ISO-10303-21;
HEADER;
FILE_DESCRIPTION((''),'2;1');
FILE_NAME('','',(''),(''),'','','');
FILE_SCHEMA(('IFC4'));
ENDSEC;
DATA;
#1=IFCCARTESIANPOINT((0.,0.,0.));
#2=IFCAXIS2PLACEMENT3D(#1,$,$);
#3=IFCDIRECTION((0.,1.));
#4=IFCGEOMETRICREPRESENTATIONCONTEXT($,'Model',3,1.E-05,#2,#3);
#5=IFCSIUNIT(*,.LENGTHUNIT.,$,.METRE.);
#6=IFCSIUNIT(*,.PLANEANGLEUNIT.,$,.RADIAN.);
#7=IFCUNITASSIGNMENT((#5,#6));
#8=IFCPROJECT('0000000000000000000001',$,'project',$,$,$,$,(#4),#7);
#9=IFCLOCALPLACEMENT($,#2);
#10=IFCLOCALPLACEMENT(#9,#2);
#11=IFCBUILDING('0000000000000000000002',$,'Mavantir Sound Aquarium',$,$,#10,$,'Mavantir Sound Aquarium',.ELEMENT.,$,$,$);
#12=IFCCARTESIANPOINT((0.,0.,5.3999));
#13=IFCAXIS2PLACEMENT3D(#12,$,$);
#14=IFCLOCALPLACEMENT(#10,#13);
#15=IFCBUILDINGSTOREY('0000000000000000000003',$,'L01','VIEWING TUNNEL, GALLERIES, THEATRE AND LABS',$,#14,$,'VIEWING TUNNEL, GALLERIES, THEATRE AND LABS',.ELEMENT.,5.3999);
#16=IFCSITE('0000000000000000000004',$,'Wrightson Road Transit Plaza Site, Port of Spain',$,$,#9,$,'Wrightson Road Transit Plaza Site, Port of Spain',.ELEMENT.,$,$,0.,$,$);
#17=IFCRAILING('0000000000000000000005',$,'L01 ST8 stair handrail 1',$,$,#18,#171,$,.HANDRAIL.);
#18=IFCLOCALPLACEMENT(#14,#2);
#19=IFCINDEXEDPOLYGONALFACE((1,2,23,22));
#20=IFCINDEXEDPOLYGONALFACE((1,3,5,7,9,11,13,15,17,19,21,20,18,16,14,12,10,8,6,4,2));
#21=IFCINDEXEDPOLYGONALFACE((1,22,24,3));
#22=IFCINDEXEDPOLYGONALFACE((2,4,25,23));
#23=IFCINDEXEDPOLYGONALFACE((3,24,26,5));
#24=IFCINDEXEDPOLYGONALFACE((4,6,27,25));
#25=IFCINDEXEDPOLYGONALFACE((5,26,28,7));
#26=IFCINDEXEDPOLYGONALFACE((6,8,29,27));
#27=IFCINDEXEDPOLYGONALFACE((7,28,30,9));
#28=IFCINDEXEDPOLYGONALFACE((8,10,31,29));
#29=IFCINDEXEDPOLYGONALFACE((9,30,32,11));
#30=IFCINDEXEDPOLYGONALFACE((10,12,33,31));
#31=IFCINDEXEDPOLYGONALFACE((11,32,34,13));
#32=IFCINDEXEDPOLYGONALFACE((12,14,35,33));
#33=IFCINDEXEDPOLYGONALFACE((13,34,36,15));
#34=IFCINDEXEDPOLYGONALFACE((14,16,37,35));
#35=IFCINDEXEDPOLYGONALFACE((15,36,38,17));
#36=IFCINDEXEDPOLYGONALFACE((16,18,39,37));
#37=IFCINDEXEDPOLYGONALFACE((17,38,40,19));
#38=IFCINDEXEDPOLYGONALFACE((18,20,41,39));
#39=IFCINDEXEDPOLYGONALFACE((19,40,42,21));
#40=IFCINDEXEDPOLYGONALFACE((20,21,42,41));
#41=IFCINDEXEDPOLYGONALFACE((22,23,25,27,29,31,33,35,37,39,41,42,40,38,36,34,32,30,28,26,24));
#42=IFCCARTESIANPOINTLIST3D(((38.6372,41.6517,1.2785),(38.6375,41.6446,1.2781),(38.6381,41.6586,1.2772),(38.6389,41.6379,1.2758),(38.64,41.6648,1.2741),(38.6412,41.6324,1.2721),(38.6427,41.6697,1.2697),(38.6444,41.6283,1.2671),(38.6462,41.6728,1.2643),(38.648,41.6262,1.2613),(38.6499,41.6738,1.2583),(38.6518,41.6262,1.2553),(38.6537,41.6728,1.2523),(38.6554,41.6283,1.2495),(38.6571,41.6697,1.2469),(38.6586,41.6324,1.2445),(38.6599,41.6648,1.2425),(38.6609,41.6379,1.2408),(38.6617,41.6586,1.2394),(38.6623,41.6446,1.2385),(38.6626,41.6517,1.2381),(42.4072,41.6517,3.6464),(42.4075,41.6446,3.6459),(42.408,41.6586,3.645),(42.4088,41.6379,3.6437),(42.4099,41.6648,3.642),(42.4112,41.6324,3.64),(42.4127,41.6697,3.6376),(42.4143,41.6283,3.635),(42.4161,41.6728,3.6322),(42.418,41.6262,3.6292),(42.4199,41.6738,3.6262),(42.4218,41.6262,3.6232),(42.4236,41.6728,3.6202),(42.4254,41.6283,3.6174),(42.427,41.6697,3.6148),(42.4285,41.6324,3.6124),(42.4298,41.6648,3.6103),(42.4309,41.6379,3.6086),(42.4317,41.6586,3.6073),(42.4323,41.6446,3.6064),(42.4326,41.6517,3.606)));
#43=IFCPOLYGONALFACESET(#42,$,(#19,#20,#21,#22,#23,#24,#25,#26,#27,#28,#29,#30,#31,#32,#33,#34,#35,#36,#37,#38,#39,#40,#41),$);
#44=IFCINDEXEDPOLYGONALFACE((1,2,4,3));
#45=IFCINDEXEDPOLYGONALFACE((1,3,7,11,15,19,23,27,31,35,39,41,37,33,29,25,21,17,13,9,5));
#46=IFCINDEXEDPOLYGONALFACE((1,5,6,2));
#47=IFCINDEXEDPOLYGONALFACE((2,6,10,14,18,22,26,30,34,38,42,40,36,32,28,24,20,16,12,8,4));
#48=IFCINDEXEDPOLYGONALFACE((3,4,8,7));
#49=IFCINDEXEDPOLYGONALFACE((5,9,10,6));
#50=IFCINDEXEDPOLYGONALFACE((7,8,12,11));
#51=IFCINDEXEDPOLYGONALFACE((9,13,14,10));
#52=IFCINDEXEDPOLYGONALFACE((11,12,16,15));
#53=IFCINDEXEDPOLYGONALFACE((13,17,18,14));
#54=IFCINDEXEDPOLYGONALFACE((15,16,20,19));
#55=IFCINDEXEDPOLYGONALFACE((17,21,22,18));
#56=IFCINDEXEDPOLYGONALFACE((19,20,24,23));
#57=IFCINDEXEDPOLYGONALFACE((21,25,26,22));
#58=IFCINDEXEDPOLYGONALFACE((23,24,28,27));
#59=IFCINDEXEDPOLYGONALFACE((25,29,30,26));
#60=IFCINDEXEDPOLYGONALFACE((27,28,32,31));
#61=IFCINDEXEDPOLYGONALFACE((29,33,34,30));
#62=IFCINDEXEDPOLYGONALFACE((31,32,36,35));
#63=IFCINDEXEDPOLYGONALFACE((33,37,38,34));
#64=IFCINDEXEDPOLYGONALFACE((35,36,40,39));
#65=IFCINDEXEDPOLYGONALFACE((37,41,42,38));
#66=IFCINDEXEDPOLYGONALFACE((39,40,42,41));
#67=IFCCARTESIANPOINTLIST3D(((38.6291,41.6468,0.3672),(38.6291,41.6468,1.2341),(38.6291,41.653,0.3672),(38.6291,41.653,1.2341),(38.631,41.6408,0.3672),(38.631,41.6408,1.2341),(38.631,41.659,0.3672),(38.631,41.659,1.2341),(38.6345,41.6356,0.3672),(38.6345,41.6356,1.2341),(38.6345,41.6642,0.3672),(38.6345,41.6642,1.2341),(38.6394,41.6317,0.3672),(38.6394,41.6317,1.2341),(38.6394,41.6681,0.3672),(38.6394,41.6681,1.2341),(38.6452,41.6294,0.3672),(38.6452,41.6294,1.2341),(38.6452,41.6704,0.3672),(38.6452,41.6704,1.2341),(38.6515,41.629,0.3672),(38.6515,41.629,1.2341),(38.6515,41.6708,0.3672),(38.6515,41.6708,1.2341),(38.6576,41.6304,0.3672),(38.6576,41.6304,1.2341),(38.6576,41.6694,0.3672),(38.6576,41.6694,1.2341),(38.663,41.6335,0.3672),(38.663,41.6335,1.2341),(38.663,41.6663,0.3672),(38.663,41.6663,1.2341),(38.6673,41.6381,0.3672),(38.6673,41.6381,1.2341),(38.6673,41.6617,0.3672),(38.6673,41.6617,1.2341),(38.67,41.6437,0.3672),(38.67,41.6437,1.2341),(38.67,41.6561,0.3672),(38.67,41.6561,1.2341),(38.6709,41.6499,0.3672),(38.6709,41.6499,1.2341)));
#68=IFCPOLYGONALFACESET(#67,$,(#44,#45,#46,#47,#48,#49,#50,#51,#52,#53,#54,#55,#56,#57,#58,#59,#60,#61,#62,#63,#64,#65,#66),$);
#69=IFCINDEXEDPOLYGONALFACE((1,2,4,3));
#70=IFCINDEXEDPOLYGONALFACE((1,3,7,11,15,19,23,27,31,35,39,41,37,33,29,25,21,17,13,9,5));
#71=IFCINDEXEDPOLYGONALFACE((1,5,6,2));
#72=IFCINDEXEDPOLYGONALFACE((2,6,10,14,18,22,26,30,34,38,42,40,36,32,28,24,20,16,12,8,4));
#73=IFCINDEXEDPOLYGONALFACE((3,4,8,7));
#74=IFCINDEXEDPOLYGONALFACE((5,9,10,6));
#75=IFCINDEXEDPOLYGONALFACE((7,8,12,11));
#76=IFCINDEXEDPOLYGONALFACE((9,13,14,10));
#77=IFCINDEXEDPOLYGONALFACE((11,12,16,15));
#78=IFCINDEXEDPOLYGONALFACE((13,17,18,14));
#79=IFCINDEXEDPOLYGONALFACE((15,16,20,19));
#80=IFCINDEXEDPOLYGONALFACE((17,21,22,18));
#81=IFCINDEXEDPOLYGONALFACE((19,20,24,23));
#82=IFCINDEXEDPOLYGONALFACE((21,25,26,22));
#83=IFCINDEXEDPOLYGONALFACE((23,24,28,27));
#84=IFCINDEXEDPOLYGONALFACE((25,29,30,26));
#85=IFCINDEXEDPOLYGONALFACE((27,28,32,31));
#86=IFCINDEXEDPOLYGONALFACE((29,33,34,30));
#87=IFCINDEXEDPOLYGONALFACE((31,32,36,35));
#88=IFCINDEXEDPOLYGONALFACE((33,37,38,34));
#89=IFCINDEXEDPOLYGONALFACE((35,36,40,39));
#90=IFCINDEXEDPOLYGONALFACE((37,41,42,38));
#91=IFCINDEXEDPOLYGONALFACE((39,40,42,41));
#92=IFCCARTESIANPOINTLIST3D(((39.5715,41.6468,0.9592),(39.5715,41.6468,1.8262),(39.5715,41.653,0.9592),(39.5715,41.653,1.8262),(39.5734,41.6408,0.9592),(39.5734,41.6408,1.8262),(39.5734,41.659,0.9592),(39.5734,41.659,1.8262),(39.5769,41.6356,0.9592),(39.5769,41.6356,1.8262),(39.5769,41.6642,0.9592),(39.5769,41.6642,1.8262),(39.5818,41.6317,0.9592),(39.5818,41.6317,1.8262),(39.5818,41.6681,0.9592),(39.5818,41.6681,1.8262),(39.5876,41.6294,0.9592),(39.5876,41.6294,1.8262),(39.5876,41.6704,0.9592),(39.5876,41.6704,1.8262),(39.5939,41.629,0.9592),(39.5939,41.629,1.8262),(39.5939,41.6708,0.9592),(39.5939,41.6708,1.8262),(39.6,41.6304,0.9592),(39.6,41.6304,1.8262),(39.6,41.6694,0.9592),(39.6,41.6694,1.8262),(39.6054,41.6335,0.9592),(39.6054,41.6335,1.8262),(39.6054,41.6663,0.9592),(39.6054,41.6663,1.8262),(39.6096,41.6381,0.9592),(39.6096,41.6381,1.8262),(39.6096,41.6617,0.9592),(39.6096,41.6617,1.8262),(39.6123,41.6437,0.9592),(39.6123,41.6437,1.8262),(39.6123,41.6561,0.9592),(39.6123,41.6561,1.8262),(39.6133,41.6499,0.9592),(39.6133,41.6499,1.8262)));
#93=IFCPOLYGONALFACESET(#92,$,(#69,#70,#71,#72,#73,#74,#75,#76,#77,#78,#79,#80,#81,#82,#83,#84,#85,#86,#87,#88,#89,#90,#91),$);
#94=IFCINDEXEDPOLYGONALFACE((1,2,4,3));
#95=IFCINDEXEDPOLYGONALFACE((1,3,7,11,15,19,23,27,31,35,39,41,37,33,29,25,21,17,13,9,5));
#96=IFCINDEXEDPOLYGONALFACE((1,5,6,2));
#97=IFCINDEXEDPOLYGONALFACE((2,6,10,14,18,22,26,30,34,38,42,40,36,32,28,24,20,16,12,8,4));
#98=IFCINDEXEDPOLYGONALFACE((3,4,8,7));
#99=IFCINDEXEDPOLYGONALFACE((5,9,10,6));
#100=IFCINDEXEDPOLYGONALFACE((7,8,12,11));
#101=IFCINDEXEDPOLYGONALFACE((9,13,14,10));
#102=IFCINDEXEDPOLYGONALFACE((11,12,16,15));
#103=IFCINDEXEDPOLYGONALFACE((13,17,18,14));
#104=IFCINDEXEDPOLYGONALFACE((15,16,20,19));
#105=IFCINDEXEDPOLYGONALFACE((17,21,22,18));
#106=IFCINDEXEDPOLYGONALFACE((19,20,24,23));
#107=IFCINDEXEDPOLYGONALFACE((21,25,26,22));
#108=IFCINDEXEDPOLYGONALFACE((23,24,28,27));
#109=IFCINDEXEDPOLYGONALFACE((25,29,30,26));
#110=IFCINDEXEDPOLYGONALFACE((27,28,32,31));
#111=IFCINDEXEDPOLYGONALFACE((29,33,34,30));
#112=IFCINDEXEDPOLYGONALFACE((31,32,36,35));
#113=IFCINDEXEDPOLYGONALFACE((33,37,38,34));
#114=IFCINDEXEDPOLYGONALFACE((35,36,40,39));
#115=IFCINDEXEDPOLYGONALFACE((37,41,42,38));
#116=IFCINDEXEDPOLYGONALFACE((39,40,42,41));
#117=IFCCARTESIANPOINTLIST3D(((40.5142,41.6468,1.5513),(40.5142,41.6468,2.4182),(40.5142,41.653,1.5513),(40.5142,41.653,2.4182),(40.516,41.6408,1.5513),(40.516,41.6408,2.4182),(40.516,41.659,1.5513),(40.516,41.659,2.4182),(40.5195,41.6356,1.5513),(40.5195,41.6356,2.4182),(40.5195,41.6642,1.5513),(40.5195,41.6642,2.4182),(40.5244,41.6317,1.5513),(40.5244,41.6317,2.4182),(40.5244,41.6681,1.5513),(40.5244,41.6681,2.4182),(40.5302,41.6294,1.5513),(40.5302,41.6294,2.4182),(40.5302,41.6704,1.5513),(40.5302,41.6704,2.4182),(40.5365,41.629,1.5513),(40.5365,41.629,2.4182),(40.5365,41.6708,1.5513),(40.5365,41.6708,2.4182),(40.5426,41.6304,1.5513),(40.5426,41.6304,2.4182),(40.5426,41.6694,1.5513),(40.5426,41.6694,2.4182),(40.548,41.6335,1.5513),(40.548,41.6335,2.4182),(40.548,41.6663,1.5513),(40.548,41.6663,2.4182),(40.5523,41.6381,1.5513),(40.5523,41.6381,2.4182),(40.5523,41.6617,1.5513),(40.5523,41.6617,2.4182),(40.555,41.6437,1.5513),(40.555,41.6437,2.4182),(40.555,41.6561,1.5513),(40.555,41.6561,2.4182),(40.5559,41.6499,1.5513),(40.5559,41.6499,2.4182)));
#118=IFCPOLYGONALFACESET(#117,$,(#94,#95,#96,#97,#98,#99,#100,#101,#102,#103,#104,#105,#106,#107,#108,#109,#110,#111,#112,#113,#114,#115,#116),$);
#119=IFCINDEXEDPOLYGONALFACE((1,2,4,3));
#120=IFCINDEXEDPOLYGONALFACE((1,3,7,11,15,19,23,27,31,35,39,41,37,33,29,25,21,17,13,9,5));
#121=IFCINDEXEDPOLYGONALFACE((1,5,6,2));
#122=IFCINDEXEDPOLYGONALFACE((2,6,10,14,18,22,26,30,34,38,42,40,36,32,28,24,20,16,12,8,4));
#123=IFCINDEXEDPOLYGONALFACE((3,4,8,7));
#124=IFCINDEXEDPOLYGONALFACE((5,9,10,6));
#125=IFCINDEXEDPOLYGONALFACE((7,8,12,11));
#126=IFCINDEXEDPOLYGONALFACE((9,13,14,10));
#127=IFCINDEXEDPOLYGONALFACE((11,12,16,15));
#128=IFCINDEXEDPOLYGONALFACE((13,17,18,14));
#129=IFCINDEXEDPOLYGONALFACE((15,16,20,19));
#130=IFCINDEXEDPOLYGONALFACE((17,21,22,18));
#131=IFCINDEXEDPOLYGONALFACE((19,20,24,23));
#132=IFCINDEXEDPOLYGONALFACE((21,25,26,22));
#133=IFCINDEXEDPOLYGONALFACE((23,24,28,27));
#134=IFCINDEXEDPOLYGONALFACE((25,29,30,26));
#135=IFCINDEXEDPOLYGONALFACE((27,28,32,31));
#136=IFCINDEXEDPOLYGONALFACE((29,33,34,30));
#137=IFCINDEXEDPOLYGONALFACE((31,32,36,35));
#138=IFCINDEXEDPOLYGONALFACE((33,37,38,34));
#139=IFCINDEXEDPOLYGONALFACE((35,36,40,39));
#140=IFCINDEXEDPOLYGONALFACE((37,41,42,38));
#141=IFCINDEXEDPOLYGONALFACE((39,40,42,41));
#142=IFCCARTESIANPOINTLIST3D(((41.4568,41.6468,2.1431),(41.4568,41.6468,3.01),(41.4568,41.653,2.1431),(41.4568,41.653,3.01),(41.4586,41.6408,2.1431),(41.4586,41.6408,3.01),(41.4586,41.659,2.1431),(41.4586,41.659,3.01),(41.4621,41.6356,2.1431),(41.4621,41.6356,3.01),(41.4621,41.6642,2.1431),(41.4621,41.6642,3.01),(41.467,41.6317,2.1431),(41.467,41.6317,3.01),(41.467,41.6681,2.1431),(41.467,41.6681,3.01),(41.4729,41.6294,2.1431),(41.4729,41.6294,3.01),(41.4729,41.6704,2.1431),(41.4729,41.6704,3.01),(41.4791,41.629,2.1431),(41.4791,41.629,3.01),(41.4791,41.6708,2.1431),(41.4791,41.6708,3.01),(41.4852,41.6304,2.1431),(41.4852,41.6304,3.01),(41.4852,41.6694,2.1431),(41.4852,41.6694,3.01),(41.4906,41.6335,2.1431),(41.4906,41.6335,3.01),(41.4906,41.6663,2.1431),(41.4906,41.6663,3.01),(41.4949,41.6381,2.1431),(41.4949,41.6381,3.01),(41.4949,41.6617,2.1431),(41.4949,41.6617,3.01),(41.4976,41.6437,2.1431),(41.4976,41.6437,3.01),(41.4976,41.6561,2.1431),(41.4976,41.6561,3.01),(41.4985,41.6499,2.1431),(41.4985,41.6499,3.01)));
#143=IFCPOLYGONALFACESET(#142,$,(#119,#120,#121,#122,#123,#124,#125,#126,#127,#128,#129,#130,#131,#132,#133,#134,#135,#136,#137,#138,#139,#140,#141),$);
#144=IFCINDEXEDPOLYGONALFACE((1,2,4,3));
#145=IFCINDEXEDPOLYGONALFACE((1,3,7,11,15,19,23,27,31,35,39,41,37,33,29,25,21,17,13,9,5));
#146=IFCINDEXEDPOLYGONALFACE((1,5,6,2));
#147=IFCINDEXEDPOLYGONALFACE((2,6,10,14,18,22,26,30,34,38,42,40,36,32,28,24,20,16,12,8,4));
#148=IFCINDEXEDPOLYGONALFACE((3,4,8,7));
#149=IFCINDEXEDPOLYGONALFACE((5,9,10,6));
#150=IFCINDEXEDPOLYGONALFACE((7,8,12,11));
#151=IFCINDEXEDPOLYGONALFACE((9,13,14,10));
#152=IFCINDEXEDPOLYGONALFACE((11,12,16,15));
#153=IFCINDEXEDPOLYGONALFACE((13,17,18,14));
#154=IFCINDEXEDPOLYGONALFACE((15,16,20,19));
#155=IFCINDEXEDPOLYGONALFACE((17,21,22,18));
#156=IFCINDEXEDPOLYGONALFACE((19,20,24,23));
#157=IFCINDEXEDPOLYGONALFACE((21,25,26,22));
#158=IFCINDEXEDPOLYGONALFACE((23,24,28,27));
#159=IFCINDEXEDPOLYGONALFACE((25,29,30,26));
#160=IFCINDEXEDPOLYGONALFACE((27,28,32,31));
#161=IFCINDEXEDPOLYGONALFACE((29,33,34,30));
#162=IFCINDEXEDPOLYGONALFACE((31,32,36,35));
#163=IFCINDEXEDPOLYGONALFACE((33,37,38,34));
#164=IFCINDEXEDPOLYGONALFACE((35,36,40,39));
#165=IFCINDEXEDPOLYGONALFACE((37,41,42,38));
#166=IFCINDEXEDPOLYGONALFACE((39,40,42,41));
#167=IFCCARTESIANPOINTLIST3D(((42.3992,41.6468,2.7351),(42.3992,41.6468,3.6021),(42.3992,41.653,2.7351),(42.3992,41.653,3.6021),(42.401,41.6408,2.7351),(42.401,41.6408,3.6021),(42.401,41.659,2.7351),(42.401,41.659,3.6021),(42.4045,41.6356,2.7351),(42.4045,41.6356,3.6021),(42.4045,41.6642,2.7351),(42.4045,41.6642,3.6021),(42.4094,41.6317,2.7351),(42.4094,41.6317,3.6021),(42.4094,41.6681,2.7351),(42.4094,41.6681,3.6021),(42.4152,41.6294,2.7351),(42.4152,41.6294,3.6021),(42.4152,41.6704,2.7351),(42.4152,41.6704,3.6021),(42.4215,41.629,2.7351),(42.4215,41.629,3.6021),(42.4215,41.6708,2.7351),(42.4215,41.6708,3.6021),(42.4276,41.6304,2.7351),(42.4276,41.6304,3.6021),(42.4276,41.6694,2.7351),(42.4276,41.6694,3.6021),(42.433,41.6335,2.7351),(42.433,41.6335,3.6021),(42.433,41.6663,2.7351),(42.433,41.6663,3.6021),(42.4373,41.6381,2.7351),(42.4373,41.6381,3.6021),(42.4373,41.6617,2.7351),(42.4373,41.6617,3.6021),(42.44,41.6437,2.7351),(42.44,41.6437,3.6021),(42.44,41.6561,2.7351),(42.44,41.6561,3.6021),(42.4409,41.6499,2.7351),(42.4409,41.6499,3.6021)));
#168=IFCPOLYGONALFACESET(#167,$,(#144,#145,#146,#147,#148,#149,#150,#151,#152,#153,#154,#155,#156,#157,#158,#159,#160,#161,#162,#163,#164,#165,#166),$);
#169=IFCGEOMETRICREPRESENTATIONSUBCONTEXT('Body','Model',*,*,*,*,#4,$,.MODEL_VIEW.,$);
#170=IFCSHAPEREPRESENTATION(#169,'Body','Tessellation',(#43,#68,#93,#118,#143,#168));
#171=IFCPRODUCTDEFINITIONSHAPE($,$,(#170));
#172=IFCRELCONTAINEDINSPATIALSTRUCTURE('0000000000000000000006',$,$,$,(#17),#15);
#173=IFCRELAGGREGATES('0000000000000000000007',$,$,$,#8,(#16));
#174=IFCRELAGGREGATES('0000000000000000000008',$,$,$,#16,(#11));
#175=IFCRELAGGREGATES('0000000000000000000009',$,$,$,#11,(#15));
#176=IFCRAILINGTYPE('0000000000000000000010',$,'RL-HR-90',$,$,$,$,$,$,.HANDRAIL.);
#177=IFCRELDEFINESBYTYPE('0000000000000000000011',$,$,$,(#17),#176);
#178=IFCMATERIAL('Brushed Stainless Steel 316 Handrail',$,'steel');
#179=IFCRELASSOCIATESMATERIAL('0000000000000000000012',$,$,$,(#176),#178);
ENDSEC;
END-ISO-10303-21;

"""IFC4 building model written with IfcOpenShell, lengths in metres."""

from ifc_helpers import new_model, si_unit, direction, frame, origin, origin_2d, place, context, subcontext, project, spatial, circle, extrude, material, type_object, element, save


model = new_model("IFC4")

# Units and contexts
model_context = context("Model", 3, precision=1e-05, world=origin(), true_north=direction((0.0, 1.0)))
body_context = subcontext(model_context, "Body", "Model", "MODEL_VIEW")
ifc_project = project(units=[si_unit("LENGTHUNIT", "METRE"), si_unit("PLANEANGLEUNIT", "RADIAN")], contexts=[model_context])

# Site, building, storey
site_placement = place(None, origin())
site = spatial("IfcSite", under=ifc_project, at=site_placement, Name="Wrightson Road Transit Plaza Site, Port of Spain", LongName="Wrightson Road Transit Plaza Site, Port of Spain", CompositionType="ELEMENT", RefElevation=0.0)
building_placement = place(site_placement, origin())
building = spatial("IfcBuilding", under=site, at=building_placement, Name="Mavantir Sound Aquarium", LongName="Mavantir Sound Aquarium", CompositionType="ELEMENT")
storey_placement = place(building_placement, frame((0.0, 0.0, 5.3999)))
storey = spatial("IfcBuildingStorey", under=building, at=storey_placement, Name="L01", Description="VIEWING TUNNEL, GALLERIES, THEATRE AND LABS", LongName="VIEWING TUNNEL, GALLERIES, THEATRE AND LABS", CompositionType="ELEMENT", Elevation=5.3999)

# Railing
ifc_material_1 = material(Name="Brushed Stainless Steel 316 Handrail", Category="steel")
railing_type_1 = type_object("IfcRailingType", Name="RL-HR-90", PredefinedType="HANDRAIL", material=ifc_material_1)
railing_1_placement = place(storey_placement, frame((38.6499, 41.6499, 0.3672)))
element("IfcRailing", 1, at=railing_1_placement, inside=storey, type_object=railing_type_1, Name="L01 ST8 stair handrail 1", PredefinedType="HANDRAIL", context=body_context, shape_type="SweptSolid", body=[
    extrude(circle(Radius=0.0239, at=origin_2d()), frame((0.0, 0.0, 0.8911), z_axis=(0.846819, 0.0, 0.531881), x_axis=(0.0, 1.0, 0.0)), (0.0, 0.0, 1.0), 4.4519),
    extrude(circle(Radius=0.021, at=origin_2d()), origin(), (0.0, 0.0, 1.0), 0.8669),
    extrude(circle(Radius=0.021, at=origin_2d()), frame((0.9424, 0.0, 0.592)), (0.0, 0.0, 1.0), 0.8669),
    extrude(circle(Radius=0.021, at=origin_2d()), frame((1.885, 0.0, 1.1841)), (0.0, 0.0, 1.0), 0.8669),
    extrude(circle(Radius=0.021, at=origin_2d()), frame((2.8276, 0.0, 1.7759)), (0.0, 0.0, 1.0), 0.8669),
    extrude(circle(Radius=0.021, at=origin_2d()), frame((3.77, 0.0, 2.3679)), (0.0, 0.0, 1.0), 0.8669),
])

save(model, "model.ifc")
